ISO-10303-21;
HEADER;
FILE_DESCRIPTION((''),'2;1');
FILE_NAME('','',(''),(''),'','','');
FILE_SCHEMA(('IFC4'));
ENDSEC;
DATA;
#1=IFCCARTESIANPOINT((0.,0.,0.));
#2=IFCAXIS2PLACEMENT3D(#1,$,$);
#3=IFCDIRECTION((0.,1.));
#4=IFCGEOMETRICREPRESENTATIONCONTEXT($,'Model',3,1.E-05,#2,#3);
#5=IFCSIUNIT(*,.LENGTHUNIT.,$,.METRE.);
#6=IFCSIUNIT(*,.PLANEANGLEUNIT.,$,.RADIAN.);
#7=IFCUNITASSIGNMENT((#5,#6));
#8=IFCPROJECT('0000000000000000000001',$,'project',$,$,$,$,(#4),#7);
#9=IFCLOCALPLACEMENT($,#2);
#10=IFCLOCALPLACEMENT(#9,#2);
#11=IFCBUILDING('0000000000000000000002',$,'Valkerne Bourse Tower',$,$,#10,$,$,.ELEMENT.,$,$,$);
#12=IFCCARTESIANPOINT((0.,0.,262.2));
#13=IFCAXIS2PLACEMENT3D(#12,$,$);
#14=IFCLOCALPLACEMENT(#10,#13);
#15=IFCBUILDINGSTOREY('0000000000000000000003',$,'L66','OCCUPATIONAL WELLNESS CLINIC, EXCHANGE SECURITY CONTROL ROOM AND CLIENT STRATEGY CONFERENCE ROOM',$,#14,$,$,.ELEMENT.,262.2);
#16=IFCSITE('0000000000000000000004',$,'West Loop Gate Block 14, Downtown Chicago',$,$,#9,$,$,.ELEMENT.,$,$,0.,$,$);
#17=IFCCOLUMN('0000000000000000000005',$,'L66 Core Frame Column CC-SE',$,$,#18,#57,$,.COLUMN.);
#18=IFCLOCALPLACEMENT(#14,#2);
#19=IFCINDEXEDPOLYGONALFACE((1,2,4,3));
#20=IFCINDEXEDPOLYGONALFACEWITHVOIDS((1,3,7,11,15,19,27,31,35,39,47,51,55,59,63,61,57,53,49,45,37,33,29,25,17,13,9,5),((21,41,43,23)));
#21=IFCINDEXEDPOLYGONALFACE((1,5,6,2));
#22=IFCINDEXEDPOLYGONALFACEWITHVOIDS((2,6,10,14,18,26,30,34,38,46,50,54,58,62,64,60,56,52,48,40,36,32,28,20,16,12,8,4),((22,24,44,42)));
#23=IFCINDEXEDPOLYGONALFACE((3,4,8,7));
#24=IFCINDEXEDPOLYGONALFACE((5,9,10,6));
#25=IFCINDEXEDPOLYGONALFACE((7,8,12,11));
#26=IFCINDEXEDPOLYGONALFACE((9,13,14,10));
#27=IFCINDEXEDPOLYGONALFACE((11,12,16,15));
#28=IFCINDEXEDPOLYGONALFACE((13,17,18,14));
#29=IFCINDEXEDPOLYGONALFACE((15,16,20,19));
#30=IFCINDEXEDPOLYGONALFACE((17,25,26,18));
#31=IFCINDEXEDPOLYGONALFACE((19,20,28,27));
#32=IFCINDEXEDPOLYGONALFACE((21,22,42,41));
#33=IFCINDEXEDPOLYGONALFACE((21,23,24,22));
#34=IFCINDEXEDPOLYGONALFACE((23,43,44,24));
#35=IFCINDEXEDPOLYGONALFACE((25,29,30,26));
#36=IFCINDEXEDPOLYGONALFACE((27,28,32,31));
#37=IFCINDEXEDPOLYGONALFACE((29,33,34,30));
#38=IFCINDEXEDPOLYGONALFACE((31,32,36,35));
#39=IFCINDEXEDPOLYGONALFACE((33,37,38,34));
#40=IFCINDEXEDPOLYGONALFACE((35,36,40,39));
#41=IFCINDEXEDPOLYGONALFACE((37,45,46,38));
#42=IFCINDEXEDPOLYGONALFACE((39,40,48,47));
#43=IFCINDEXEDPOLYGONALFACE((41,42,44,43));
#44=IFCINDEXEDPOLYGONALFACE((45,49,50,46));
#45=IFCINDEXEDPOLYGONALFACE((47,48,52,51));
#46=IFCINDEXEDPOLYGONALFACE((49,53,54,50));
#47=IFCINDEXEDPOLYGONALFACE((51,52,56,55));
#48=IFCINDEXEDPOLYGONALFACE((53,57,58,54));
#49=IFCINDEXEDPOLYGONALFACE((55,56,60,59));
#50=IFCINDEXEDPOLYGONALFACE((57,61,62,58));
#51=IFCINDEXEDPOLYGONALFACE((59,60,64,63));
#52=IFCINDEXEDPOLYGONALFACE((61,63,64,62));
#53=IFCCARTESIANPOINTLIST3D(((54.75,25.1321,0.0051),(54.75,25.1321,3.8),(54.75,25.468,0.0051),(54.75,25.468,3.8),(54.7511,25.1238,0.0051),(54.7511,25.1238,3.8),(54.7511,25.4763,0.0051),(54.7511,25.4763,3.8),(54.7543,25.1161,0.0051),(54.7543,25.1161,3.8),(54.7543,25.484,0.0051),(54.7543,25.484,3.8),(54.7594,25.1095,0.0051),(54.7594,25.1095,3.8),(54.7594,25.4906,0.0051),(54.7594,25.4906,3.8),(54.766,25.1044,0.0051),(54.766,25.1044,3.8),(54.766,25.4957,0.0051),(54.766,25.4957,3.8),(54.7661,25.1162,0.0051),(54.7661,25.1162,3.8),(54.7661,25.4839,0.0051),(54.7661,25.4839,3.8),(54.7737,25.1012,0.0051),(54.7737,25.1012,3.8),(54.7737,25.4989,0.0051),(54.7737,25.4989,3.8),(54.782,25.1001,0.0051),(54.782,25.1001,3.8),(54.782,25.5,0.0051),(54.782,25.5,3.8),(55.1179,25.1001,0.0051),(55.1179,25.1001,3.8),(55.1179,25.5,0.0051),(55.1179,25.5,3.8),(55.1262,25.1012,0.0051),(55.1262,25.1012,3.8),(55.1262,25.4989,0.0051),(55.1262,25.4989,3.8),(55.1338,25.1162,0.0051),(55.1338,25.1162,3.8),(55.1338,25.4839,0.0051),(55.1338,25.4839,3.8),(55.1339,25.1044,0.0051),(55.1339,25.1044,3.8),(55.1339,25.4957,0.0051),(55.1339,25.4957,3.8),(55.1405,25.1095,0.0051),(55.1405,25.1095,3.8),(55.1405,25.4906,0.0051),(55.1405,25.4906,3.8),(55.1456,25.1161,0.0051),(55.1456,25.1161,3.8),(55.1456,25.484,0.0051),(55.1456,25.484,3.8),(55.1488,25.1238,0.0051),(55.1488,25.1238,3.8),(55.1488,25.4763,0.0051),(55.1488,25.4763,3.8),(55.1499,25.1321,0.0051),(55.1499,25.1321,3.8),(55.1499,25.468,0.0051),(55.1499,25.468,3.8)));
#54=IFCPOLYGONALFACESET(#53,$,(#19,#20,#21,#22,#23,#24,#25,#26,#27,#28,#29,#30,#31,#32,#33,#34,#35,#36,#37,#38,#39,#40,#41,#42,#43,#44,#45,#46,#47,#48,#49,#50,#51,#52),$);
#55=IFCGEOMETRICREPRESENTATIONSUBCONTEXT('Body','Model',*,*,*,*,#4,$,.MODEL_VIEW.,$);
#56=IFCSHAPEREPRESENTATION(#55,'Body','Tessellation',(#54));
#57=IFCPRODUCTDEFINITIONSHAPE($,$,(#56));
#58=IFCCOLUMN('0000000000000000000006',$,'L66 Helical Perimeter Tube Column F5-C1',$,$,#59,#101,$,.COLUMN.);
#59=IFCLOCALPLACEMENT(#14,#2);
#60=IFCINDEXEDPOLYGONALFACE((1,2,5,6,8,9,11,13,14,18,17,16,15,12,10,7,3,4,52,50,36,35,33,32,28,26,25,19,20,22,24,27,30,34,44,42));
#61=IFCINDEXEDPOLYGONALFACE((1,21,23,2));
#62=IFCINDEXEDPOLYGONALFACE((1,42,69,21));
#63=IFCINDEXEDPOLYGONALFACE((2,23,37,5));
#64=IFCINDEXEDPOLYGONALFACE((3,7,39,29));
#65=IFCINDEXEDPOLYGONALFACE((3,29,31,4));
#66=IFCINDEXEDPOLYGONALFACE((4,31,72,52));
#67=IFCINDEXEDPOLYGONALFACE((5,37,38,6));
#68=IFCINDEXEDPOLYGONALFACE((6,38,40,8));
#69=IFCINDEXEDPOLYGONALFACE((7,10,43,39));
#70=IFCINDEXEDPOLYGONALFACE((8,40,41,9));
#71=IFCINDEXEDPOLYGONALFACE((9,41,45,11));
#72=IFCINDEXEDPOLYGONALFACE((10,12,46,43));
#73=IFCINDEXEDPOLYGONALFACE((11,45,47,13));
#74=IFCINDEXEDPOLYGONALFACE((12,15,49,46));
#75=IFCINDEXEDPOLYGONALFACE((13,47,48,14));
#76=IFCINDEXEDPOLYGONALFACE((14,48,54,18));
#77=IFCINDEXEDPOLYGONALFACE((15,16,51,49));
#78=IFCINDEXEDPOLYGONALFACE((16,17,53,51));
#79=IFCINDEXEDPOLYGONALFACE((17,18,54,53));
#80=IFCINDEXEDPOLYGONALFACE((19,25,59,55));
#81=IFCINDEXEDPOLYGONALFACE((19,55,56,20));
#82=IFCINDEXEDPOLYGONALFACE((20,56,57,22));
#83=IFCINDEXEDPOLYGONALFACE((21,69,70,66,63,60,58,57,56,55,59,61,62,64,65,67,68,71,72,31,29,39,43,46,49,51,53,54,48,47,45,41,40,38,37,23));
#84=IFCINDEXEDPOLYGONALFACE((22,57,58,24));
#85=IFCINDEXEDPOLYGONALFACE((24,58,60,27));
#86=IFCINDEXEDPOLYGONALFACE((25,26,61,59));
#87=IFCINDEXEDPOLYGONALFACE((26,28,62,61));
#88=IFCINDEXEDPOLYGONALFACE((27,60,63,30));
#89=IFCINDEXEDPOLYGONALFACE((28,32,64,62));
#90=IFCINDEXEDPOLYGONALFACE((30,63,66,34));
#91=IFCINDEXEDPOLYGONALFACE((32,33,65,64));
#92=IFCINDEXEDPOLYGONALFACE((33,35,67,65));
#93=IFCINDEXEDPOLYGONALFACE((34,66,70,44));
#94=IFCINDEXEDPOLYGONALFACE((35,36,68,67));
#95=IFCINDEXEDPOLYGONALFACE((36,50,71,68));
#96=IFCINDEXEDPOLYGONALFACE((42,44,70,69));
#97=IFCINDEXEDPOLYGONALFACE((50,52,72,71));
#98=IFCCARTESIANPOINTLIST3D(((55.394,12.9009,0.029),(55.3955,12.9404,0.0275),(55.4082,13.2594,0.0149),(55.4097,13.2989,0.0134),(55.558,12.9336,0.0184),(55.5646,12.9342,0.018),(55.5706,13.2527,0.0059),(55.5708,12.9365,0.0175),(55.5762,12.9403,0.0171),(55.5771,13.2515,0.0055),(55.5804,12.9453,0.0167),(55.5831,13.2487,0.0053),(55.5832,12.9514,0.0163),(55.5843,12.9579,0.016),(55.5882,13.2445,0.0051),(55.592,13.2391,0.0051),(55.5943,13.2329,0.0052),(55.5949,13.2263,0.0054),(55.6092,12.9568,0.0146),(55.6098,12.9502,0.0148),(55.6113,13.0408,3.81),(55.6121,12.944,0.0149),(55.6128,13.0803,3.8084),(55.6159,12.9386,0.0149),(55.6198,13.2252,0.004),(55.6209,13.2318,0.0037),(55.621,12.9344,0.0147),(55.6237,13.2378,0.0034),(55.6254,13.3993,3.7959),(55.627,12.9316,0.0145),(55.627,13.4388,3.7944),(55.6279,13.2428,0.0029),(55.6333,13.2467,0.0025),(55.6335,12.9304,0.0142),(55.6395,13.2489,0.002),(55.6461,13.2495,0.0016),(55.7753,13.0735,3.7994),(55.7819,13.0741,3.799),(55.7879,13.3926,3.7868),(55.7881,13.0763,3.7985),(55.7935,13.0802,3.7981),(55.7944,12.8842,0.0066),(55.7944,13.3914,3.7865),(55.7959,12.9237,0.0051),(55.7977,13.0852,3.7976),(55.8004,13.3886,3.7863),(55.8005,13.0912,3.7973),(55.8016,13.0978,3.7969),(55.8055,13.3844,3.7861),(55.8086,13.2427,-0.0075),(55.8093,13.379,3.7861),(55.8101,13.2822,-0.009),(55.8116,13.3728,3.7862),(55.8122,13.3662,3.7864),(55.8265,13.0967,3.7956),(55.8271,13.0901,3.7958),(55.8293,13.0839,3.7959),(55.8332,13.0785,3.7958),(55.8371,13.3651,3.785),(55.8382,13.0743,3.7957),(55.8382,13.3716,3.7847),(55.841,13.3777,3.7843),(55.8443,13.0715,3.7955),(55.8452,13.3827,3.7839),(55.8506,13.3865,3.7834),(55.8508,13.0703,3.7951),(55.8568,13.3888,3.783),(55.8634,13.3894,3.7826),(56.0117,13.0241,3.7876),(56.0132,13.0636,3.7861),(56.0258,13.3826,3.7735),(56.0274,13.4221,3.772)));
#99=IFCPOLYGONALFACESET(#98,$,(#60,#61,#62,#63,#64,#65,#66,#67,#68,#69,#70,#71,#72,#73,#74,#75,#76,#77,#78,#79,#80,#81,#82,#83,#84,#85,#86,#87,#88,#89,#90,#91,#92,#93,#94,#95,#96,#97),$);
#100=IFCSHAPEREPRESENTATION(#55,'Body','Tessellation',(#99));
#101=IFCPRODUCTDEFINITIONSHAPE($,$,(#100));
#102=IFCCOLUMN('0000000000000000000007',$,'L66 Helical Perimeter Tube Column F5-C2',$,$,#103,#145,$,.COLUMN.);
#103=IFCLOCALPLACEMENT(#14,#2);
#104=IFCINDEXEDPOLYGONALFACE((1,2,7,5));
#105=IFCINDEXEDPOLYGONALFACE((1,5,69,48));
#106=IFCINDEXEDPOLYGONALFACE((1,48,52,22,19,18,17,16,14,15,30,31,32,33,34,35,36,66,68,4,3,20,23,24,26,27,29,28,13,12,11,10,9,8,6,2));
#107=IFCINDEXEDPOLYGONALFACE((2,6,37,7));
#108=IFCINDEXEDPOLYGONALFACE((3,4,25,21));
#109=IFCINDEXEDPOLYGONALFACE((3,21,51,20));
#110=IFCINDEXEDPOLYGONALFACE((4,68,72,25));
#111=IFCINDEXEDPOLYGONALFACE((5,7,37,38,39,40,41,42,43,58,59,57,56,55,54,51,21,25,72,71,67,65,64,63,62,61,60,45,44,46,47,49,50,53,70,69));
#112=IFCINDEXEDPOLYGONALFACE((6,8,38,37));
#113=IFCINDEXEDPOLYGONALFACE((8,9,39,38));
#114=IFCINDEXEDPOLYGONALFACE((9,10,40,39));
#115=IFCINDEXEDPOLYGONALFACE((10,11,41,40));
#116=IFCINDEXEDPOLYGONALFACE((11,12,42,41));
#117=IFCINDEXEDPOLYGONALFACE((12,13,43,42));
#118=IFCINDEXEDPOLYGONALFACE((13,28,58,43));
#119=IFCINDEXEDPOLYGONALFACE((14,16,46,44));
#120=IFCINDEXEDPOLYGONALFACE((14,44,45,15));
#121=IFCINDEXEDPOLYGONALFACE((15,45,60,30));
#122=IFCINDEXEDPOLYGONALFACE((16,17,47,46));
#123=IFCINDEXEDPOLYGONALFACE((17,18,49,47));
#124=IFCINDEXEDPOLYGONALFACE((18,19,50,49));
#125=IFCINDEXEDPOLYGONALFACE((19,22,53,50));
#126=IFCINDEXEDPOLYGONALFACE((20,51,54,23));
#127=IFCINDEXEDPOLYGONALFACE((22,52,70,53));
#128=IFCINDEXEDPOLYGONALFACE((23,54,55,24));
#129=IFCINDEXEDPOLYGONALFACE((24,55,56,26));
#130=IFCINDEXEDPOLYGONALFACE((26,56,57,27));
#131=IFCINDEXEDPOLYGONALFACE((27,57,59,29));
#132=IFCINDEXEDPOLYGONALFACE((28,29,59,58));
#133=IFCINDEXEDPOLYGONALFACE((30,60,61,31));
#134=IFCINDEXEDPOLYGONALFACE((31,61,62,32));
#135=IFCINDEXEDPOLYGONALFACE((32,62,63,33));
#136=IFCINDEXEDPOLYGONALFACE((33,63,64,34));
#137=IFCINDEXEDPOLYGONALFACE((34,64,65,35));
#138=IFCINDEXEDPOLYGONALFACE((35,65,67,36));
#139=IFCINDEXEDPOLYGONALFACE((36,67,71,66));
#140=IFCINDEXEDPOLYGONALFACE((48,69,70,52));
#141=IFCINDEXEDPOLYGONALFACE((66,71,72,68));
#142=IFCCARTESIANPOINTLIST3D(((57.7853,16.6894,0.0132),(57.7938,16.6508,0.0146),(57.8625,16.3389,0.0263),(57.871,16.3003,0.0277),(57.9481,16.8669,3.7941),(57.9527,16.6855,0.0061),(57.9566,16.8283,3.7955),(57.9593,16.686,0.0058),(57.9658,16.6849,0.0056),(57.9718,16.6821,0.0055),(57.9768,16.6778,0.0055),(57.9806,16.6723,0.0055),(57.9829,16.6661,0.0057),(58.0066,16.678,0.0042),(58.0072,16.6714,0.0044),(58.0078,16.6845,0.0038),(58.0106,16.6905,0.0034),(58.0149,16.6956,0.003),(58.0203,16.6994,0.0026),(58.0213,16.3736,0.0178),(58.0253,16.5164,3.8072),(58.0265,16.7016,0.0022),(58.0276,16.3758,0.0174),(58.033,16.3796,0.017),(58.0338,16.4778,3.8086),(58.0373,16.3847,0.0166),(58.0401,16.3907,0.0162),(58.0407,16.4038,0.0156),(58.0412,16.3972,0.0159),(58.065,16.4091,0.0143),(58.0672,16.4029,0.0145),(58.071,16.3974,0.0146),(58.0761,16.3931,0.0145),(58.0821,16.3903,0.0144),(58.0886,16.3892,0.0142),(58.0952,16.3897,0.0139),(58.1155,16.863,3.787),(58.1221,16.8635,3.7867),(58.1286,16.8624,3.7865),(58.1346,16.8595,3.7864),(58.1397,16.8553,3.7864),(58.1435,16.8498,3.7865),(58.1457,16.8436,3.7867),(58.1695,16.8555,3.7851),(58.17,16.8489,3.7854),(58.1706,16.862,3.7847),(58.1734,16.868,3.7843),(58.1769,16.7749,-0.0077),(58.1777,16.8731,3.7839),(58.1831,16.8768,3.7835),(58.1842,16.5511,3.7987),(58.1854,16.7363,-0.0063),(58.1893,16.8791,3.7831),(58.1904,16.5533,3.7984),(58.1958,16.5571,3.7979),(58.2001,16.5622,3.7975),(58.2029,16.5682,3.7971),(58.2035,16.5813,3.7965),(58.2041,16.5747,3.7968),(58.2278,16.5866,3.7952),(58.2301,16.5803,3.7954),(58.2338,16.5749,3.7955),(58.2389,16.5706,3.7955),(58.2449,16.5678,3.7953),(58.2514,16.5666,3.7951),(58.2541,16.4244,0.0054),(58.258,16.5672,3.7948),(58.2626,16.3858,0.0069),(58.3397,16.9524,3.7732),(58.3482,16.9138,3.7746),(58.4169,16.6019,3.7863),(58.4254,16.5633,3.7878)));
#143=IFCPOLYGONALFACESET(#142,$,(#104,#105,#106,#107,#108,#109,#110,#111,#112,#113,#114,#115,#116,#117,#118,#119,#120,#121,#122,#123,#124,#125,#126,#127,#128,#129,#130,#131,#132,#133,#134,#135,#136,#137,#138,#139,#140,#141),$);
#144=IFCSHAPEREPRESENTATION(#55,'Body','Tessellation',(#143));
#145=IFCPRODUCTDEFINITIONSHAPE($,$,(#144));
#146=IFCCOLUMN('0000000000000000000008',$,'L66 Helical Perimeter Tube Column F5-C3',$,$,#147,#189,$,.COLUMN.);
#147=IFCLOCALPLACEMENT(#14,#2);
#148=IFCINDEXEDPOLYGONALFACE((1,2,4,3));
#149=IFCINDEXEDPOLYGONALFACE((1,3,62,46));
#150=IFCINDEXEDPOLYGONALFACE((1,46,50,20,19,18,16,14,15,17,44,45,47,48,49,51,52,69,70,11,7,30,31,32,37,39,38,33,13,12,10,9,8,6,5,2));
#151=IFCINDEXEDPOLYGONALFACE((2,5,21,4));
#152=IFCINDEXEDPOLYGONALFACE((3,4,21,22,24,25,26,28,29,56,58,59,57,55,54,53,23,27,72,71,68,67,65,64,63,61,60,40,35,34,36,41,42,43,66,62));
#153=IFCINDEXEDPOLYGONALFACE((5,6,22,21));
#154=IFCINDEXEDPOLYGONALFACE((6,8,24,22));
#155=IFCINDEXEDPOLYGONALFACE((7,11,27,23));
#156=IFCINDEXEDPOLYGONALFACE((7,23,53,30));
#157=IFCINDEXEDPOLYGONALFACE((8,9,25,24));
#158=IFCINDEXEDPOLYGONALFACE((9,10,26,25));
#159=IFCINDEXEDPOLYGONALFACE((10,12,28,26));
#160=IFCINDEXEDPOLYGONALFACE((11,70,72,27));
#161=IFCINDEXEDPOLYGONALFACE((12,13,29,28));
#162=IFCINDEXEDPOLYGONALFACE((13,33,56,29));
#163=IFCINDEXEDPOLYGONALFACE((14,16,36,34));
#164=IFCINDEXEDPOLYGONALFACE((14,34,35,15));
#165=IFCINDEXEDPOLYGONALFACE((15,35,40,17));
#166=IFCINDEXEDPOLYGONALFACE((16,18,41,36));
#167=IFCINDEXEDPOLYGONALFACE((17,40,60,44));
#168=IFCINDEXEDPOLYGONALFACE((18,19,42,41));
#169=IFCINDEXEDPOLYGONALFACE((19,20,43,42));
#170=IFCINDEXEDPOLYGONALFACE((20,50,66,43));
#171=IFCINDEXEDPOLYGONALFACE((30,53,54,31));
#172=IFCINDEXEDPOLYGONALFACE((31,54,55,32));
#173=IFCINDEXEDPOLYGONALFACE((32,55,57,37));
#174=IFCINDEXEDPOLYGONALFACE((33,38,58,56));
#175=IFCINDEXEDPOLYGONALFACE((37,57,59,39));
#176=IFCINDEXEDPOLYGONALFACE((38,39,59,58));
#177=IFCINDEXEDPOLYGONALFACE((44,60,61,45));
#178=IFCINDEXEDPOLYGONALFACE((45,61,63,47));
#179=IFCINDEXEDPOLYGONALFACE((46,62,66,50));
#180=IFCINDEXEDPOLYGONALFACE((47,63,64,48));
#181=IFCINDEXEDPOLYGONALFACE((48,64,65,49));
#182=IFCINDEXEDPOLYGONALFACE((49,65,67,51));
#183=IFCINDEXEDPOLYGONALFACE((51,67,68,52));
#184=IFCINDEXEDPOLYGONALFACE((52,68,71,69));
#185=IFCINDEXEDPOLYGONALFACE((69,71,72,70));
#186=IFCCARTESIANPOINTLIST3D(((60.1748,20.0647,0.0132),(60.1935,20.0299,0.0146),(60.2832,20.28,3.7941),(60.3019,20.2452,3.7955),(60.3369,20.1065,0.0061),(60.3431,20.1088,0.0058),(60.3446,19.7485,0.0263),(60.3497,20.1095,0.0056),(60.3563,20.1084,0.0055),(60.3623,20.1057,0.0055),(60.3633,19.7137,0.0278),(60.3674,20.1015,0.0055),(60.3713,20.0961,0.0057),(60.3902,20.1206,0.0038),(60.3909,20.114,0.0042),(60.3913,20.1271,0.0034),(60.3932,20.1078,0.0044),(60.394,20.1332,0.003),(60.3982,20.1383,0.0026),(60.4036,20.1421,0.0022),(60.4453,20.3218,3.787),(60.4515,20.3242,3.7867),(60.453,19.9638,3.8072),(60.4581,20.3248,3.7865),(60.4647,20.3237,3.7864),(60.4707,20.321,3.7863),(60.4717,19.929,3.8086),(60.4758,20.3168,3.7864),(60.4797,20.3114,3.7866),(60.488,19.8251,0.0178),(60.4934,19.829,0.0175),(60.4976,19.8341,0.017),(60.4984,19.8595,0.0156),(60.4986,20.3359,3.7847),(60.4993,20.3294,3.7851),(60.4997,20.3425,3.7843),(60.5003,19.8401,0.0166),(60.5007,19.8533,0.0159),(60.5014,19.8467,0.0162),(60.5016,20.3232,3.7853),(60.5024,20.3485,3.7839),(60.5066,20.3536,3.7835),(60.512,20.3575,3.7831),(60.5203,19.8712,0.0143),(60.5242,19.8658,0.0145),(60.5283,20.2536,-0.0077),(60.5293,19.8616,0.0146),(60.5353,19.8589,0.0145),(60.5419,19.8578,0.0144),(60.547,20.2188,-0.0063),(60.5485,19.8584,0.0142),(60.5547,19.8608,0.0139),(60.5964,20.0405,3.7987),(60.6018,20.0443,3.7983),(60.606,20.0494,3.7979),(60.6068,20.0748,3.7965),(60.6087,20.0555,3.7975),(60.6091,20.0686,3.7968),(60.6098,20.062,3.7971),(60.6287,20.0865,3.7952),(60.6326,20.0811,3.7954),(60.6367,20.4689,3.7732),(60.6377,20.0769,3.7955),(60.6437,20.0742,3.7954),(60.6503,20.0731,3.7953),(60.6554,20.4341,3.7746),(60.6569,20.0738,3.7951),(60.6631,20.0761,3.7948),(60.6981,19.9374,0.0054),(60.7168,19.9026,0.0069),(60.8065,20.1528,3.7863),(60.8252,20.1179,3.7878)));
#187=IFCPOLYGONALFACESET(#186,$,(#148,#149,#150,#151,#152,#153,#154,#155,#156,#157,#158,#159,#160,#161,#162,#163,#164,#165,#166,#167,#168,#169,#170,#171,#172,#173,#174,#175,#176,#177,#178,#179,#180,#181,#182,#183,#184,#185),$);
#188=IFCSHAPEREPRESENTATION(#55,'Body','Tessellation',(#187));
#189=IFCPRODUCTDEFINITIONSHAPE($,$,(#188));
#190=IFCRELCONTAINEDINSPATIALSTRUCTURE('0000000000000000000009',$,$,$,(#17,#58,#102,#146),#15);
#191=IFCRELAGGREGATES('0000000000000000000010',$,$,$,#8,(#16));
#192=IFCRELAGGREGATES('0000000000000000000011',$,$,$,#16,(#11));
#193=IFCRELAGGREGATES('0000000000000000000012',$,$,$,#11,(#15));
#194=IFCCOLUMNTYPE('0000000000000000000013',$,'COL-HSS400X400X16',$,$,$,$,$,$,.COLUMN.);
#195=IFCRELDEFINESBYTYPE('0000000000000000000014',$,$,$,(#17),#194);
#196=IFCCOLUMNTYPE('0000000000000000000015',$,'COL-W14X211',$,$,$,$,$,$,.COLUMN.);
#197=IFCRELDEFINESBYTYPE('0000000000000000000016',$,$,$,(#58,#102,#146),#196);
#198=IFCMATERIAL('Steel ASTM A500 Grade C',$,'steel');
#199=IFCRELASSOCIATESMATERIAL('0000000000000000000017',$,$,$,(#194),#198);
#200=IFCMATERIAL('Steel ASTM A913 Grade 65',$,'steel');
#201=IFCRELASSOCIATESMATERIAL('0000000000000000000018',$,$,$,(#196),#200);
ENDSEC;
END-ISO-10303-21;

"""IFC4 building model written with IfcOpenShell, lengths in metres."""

from ifc_helpers import new_model, si_unit, direction, frame, origin, origin_2d, place, context, subcontext, project, spatial, hollow_rectangle, i_section, extrude, material, material_profile, profile_set, type_object, element, save


model = new_model("IFC4")

# Units and contexts
model_context = context("Model", 3, precision=1e-05, world=origin(), true_north=direction((0.0, 1.0)))
body_context = subcontext(model_context, "Body", "Model", "MODEL_VIEW")
ifc_project = project(units=[si_unit("LENGTHUNIT", "METRE"), si_unit("PLANEANGLEUNIT", "RADIAN")], contexts=[model_context])

# Site, building, storey
site_placement = place(None, origin())
site = spatial("IfcSite", under=ifc_project, at=site_placement, Name="West Loop Gate Block 14, Downtown Chicago", CompositionType="ELEMENT", RefElevation=0.0)
building_placement = place(site_placement, origin())
building = spatial("IfcBuilding", under=site, at=building_placement, Name="Valkerne Bourse Tower", CompositionType="ELEMENT")
storey_placement = place(building_placement, frame((0.0, 0.0, 262.2)))
storey = spatial("IfcBuildingStorey", under=building, at=storey_placement, Name="L66", Description="OCCUPATIONAL WELLNESS CLINIC, EXCHANGE SECURITY CONTROL ROOM AND CLIENT STRATEGY CONFERENCE ROOM", CompositionType="ELEMENT", Elevation=262.2)

# Columns
ifc_material_1 = material(Name="Steel ASTM A500 Grade C", Category="steel")
ifc_material_profile_1 = material_profile(ifc_material_1, hollow_rectangle(XDim=0.3999, YDim=0.3999, WallThickness=0.0161, OuterFilletRadius=0.032, at=origin_2d()), Name="HSS400X400X16")
ifc_profile_set_1 = profile_set([ifc_material_profile_1], Name="Steel ASTM A500 Grade C")
column_type_1 = type_object("IfcColumnType", Name="COL-HSS400X400X16", PredefinedType="COLUMN", material=ifc_profile_set_1)
column_1_placement = place(storey_placement, frame((54.95, 25.3, 0.0051), z_axis=(0.0, 0.0, 1.0), x_axis=(1.0, 0.0, 0.0)))
element("IfcColumn", 1, at=column_1_placement, inside=storey, type_object=column_type_1, Name="L66 Core Frame Column CC-SE", PredefinedType="COLUMN", context=body_context, shape_type="SweptSolid", body=[
    extrude(hollow_rectangle(XDim=0.3999, YDim=0.3999, WallThickness=0.0161, OuterFilletRadius=0.032, at=origin_2d()), origin(), (0.0, 0.0, 1.0), 3.7949),
])
ifc_material_2 = material(Name="Steel ASTM A913 Grade 65", Category="steel")
ifc_material_profile_2 = material_profile(ifc_material_2, i_section(OverallWidth=0.4014, OverallDepth=0.3987, WebThickness=0.0249, FlangeThickness=0.0396, FilletRadius=0.0254, at=origin_2d()), Name="W14X211")
ifc_profile_set_2 = profile_set([ifc_material_profile_2], Name="Steel ASTM A913 Grade 65")
column_type_2 = type_object("IfcColumnType", Name="COL-W14X211", PredefinedType="COLUMN", material=ifc_profile_set_2)
column_2_placement = place(storey_placement, frame((55.6021, 13.0916, 0.01), z_axis=(0.057334, 0.036913, 0.997672), x_axis=(-0.997575, 0.041612, 0.055789)))
element("IfcColumn", 2, at=column_2_placement, inside=storey, type_object=column_type_2, Name="L66 Helical Perimeter Tube Column F5-C1", PredefinedType="COLUMN", context=body_context, shape_type="SweptSolid", body=[
    extrude(i_section(OverallWidth=0.4014, OverallDepth=0.3987, WebThickness=0.0249, FlangeThickness=0.0396, FilletRadius=0.0254, at=origin_2d()), origin(), (0.0, 0.0, 1.0), 3.7898),
])
for number, where, z_axis, x_axis, name in (
    (3, (58.0239, 16.5376, 0.01), (0.042981, 0.046848, 0.997977), (-0.975686, -0.212912, 0.052016), "L66 Helical Perimeter Tube Column F5-C2"),
    (4, (60.4458, 19.9836, 0.01), (0.028611, 0.056836, 0.997974), (-0.880729, -0.470751, 0.05206), "L66 Helical Perimeter Tube Column F5-C3"),
):
    element("IfcColumn", number, at=place(storey_placement, frame(where, z_axis=z_axis, x_axis=x_axis)), inside=storey, type_object=column_type_2, Name=name, PredefinedType="COLUMN", context=body_context, shape_type="SweptSolid", body=[
        extrude(i_section(OverallWidth=0.4014, OverallDepth=0.3987, WebThickness=0.0249, FlangeThickness=0.0396, FilletRadius=0.0254, at=origin_2d()), origin(), (0.0, 0.0, 1.0), 3.7886),
    ])

save(model, "model.ifc")
